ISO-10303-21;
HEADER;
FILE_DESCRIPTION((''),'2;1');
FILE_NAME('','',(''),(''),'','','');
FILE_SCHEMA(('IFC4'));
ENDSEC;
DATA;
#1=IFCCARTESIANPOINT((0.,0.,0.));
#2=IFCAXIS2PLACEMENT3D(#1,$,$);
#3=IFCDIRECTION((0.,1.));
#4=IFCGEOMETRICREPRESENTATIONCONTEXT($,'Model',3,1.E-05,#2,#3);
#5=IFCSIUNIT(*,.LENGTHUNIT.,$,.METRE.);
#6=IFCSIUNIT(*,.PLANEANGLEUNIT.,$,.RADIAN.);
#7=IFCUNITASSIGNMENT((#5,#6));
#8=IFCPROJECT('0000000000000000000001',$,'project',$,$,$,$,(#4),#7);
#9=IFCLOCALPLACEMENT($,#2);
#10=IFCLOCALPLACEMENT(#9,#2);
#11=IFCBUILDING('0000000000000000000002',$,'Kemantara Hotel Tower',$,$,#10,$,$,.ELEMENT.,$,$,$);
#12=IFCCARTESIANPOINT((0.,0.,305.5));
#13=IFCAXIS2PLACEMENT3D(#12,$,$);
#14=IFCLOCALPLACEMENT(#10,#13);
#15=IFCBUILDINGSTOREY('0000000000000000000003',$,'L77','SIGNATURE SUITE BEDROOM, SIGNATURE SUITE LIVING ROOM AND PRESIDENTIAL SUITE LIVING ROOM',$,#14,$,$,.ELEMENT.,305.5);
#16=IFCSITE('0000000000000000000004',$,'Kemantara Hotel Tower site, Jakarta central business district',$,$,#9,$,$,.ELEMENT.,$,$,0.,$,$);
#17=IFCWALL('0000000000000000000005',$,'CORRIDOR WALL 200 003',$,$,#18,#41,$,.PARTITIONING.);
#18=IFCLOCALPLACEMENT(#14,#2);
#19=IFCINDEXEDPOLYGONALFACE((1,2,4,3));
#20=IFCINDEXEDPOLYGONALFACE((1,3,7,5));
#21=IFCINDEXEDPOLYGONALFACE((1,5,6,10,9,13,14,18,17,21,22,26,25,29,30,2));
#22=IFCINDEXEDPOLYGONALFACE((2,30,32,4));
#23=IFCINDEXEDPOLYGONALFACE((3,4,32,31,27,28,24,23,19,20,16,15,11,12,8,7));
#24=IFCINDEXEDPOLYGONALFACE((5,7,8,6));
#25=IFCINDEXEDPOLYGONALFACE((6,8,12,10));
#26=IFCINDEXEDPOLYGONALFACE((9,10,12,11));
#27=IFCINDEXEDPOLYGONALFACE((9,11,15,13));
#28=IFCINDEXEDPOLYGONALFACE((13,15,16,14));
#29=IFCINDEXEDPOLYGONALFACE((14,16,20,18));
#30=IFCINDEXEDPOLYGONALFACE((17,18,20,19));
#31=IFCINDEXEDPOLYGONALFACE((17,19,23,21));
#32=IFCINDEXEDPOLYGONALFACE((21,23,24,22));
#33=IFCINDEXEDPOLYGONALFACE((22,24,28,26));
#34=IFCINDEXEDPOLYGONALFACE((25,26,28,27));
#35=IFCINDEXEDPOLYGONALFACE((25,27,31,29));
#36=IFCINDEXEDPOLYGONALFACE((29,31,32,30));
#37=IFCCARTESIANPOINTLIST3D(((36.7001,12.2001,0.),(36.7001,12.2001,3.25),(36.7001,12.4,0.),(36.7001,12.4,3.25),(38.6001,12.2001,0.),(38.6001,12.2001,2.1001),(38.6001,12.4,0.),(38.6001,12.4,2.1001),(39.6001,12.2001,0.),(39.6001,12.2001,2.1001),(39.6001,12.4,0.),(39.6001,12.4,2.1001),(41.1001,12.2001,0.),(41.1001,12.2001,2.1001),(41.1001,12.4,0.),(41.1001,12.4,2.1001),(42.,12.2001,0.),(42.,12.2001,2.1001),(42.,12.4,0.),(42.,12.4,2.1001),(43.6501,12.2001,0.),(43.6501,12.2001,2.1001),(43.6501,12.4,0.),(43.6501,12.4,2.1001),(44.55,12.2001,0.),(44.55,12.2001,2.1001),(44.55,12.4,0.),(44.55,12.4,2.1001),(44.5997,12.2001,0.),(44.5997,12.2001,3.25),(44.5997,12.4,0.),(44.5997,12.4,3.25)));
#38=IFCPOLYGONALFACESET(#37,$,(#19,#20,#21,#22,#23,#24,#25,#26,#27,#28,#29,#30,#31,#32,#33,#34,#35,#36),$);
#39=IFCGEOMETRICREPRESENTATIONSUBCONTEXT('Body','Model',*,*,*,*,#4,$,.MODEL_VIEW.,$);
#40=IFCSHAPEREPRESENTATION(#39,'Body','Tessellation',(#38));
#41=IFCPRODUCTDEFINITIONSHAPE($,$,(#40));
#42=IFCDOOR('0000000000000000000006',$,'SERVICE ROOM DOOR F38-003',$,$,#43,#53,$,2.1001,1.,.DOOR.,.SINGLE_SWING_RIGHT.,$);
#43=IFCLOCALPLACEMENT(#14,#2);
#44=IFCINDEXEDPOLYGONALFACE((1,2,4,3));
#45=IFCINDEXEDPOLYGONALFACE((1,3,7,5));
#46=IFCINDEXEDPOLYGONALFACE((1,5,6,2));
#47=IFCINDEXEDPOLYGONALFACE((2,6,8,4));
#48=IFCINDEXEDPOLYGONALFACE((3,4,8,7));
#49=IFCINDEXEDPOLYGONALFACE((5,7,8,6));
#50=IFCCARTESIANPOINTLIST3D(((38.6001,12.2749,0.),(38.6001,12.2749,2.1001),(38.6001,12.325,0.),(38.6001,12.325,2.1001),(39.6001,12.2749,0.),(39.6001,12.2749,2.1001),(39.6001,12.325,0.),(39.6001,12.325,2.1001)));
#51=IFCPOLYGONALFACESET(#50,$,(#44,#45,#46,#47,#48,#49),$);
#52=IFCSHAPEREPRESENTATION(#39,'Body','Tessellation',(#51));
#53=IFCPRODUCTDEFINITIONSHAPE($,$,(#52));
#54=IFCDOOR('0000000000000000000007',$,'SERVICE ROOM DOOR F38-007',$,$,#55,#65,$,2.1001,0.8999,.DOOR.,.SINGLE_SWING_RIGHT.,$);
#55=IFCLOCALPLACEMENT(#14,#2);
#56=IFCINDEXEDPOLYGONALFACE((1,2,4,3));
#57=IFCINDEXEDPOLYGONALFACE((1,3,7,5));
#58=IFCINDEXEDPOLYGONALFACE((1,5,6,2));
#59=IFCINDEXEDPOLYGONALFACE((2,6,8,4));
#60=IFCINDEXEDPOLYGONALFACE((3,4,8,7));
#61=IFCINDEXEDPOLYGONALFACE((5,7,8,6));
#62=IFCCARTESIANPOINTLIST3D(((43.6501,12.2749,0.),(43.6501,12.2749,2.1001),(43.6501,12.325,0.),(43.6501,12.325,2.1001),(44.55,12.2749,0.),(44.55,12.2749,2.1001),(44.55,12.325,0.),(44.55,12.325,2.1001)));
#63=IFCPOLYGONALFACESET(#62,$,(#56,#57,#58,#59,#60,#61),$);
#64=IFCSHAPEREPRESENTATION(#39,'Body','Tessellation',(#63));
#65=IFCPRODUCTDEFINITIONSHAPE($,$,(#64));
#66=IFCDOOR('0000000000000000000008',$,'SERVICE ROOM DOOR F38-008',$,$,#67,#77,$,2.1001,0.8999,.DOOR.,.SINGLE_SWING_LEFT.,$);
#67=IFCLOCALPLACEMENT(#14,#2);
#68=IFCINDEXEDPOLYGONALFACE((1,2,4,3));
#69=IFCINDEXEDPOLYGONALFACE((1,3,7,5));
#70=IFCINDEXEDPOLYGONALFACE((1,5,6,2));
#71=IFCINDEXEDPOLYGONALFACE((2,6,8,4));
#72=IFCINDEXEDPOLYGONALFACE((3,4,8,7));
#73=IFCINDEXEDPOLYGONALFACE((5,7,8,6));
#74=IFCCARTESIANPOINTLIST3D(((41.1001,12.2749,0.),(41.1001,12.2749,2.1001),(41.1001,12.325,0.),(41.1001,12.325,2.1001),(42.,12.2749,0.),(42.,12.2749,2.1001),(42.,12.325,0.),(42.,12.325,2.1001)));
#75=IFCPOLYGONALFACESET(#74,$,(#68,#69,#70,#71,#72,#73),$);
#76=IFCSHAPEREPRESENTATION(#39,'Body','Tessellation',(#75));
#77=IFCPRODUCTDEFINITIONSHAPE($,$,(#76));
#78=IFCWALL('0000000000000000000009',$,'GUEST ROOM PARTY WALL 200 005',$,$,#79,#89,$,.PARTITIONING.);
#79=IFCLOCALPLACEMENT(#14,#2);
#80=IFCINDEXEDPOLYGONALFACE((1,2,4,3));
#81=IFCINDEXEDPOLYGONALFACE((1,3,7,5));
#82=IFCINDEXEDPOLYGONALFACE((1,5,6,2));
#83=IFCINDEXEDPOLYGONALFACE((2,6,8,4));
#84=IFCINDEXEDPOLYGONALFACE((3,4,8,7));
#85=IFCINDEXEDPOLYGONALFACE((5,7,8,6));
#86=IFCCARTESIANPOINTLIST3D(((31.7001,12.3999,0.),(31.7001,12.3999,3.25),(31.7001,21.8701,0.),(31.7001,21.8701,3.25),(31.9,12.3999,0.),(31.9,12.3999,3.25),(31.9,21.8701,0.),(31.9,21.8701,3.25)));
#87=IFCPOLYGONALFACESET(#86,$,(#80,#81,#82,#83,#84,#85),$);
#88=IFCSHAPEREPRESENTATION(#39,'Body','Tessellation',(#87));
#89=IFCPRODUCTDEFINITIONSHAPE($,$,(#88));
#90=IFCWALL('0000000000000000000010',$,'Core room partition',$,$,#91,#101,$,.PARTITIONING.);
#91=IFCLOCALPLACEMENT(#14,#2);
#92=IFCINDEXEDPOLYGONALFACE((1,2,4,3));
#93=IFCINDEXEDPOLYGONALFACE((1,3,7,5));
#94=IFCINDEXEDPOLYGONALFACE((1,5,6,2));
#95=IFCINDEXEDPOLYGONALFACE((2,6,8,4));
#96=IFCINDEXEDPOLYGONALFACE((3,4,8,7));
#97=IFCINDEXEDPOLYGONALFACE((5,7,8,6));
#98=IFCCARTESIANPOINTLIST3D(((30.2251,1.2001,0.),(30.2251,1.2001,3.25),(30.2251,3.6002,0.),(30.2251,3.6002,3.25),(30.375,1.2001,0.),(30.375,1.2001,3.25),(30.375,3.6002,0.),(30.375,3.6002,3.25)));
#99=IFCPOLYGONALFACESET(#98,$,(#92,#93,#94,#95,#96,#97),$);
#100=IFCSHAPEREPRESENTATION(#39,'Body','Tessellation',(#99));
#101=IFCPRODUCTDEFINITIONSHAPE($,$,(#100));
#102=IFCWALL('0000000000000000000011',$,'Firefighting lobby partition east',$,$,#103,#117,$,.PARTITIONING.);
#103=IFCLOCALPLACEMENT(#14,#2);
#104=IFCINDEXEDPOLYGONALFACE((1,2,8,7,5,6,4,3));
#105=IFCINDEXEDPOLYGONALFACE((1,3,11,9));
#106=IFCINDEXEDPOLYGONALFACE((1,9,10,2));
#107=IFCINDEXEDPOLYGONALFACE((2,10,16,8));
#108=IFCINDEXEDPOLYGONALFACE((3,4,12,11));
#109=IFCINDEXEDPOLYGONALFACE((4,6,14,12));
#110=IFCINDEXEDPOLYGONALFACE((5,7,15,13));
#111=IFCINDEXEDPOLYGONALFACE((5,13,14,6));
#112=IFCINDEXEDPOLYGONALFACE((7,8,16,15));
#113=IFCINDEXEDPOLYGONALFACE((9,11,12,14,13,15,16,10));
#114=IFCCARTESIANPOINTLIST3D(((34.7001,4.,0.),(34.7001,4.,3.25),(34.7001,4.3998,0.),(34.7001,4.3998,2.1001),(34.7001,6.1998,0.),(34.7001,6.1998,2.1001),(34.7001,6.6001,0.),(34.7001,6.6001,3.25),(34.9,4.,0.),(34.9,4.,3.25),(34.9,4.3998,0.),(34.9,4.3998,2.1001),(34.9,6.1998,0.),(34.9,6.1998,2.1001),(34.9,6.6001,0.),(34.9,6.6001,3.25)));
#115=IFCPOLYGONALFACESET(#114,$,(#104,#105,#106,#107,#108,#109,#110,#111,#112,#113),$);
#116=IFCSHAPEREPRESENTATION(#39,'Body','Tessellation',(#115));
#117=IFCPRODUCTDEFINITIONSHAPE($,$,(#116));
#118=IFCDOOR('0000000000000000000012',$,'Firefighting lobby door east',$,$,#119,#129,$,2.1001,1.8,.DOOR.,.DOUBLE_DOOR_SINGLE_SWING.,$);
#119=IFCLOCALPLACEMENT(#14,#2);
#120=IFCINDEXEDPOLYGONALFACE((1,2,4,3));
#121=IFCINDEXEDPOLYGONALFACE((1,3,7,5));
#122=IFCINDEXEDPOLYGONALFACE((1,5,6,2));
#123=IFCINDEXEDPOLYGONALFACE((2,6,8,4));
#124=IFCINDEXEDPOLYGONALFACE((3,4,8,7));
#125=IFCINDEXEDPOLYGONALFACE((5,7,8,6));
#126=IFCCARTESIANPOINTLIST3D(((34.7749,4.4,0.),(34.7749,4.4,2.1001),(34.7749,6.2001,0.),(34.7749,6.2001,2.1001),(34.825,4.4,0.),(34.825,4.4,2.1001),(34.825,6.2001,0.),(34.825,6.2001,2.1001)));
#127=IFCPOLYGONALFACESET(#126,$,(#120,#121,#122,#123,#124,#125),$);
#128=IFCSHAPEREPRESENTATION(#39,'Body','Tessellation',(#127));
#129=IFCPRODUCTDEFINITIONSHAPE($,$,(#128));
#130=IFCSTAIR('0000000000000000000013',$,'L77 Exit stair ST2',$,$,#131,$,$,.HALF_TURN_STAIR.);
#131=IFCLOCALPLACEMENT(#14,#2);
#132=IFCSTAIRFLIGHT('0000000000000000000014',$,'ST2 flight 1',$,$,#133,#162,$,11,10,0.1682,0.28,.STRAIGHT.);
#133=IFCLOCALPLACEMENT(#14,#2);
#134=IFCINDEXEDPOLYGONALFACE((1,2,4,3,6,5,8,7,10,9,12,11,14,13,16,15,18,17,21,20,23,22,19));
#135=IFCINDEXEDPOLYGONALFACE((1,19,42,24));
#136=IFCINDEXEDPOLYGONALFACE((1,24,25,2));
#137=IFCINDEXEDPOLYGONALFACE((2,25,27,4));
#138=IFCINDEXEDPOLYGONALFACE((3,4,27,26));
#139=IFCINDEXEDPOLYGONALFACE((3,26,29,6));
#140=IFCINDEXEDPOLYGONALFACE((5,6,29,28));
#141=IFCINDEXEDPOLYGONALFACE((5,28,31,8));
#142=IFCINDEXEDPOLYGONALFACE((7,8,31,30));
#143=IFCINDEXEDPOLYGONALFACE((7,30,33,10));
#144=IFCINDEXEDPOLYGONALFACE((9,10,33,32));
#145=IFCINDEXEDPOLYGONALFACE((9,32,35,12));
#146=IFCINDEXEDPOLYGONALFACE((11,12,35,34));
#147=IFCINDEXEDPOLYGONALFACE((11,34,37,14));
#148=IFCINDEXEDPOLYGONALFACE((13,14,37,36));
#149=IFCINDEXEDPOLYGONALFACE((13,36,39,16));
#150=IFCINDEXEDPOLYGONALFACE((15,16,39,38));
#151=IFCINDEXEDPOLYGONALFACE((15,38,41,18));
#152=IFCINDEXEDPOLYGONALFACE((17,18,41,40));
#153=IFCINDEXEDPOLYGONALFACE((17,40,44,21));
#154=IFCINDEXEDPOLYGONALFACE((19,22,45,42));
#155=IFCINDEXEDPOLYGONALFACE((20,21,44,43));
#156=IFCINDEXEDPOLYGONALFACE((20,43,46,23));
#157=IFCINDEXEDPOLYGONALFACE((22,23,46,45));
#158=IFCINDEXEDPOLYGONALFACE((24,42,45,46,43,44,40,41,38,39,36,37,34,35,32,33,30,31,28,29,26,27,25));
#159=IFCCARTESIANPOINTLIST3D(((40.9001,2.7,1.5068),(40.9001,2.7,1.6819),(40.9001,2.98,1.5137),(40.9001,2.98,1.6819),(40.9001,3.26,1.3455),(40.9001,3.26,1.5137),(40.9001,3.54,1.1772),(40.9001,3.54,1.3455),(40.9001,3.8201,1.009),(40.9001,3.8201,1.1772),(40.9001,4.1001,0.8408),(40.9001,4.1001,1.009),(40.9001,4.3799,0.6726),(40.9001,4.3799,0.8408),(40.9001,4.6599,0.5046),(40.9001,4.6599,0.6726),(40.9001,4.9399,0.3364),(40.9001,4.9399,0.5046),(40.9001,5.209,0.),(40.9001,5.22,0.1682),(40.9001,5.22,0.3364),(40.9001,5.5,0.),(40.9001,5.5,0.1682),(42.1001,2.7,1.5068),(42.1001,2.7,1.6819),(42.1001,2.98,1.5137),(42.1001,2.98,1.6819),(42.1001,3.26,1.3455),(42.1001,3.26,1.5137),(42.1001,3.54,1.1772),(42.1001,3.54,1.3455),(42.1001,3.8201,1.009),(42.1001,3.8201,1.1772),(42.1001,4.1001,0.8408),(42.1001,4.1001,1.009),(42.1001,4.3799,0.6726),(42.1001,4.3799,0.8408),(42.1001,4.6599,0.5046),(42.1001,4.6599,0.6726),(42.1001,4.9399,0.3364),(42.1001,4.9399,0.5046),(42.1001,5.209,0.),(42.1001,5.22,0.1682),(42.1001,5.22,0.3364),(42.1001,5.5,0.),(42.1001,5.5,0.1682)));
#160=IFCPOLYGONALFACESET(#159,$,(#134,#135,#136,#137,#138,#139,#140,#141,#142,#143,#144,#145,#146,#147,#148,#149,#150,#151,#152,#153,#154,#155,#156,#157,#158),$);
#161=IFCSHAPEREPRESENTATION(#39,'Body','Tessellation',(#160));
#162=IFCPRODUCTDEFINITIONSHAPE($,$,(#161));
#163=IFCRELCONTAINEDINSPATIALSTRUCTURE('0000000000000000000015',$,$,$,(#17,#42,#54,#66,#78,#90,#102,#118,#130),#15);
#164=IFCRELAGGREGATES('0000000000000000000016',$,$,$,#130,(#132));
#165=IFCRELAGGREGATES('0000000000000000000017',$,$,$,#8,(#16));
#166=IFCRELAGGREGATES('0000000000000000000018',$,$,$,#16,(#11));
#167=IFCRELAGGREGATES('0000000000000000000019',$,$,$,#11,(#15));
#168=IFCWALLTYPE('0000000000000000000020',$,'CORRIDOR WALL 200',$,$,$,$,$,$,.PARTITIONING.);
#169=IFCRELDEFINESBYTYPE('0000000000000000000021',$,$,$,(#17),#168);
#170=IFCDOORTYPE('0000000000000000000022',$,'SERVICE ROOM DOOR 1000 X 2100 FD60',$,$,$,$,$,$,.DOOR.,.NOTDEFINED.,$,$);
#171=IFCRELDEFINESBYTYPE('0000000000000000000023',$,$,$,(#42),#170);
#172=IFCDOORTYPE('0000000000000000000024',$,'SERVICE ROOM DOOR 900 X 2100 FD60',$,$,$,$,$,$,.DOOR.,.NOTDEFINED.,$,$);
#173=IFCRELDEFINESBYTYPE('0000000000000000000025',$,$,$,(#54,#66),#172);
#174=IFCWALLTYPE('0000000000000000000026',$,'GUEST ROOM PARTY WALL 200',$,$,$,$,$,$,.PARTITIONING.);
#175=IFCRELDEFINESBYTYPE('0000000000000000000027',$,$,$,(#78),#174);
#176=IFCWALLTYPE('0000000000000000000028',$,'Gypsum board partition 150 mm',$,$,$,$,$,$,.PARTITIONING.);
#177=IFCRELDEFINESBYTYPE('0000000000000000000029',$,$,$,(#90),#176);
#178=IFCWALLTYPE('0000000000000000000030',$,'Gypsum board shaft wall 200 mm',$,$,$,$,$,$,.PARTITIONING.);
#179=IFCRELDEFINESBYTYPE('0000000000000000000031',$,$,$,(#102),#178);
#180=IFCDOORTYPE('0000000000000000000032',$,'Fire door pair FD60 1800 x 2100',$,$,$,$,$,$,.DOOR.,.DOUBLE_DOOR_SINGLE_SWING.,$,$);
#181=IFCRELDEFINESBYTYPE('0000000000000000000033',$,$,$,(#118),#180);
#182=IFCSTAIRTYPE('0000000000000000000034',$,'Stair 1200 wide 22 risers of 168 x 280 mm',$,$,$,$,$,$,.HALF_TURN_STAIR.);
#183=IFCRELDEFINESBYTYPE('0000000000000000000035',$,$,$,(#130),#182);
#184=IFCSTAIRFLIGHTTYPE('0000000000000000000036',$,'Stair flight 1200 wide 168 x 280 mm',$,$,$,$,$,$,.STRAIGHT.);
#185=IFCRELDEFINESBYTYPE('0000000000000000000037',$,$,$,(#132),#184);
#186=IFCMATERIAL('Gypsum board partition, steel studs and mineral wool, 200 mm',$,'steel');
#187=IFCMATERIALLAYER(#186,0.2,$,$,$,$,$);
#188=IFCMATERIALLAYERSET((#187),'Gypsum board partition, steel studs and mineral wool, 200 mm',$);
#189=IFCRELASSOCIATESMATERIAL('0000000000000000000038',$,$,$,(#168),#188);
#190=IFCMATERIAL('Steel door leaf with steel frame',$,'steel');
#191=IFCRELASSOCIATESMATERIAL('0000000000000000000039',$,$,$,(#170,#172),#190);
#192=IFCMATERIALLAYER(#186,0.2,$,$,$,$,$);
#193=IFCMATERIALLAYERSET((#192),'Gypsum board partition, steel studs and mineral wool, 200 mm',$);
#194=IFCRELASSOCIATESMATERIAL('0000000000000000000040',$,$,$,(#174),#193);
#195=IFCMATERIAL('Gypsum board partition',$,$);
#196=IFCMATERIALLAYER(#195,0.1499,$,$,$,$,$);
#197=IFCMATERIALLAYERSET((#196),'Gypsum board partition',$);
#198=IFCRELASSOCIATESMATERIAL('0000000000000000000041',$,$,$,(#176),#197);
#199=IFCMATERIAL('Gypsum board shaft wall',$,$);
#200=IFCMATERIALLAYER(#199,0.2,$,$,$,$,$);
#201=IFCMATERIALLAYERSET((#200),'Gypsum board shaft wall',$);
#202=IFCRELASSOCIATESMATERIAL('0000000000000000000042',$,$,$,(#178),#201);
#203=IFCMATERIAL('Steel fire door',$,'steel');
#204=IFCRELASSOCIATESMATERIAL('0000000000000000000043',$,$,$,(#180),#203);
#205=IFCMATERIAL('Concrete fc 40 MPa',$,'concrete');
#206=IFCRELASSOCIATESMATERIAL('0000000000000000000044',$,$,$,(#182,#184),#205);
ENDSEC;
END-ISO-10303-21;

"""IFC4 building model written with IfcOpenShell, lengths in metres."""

from ifc_helpers import new_model, si_unit, direction, frame, frame_2d, origin, place, context, subcontext, project, spatial, polyline, rectangle, outline, extrude, material, layer, layer_set, type_object, element, fill, aggregate, save


model = new_model("IFC4")

# Units and contexts
model_context = context("Model", 3, precision=1e-05, world=origin(), true_north=direction((0.0, 1.0)))
body_context = subcontext(model_context, "Body", "Model", "MODEL_VIEW")
ifc_project = project(units=[si_unit("LENGTHUNIT", "METRE"), si_unit("PLANEANGLEUNIT", "RADIAN")], contexts=[model_context])

# Site, building, storey
site_placement = place(None, origin())
site = spatial("IfcSite", under=ifc_project, at=site_placement, Name="Kemantara Hotel Tower site, Jakarta central business district", CompositionType="ELEMENT", RefElevation=0.0)
building_placement = place(site_placement, origin())
building = spatial("IfcBuilding", under=site, at=building_placement, Name="Kemantara Hotel Tower", CompositionType="ELEMENT")
storey_placement = place(building_placement, frame((0.0, 0.0, 305.5)))
storey = spatial("IfcBuildingStorey", under=building, at=storey_placement, Name="L77", Description="SIGNATURE SUITE BEDROOM, SIGNATURE SUITE LIVING ROOM AND PRESIDENTIAL SUITE LIVING ROOM", CompositionType="ELEMENT", Elevation=305.5)

# Shared definitions
ifc_material_1 = material(Name="Steel fire door", Category="steel")

# Wall, openings, doors
ifc_material_2 = material(Name="Gypsum board partition, steel studs and mineral wool, 200 mm", Category="steel")
ifc_layer_1 = layer(ifc_material_2, 0.2)
ifc_layer_set_1 = layer_set([ifc_layer_1], Name="Gypsum board partition, steel studs and mineral wool, 200 mm")
wall_type_1 = type_object("IfcWallType", Name="CORRIDOR WALL 200", PredefinedType="PARTITIONING", material=ifc_layer_set_1)
wall_1_placement = place(storey_placement, frame((36.7002, 12.3, 0.0), z_axis=(0.0, 0.0, 1.0), x_axis=(1.0, 0.0, 0.0)))
wall_1 = element("IfcWall", 1, at=wall_1_placement, inside=storey, type_object=wall_type_1, Name="CORRIDOR WALL 200 003", PredefinedType="PARTITIONING", context=body_context, shape_type="SweptSolid", body=[
    extrude(rectangle(XDim=7.8997, YDim=0.2, at=frame_2d((3.9497, 0.0))), origin(), (0.0, 0.0, 1.0), 3.25),
])
opening_1_placement = place(wall_1_placement, frame((1.8999, 0.0, 0.0)))
opening_1 = element("IfcOpeningElement", 2, at=opening_1_placement, cuts=wall_1, PredefinedType="OPENING", context=body_context, shape_type="SweptSolid", body=[
    extrude(rectangle(XDim=1.0, YDim=2.1001, at=frame_2d((0.5, 1.05))), frame((0.0, 0.1099, 0.0), z_axis=(0.0, -1.0, 0.0), x_axis=(1.0, 0.0, 0.0)), (0.0, 0.0, 1.0), 0.22),
])
opening_2_placement = place(wall_1_placement, frame((6.95, 0.0, 0.0)))
opening_2 = element("IfcOpeningElement", 3, at=opening_2_placement, cuts=wall_1, PredefinedType="OPENING", context=body_context, shape_type="SweptSolid", body=[
    extrude(rectangle(XDim=0.8999, YDim=2.1001, at=frame_2d((0.45, 1.05))), frame((0.0, 0.1099, 0.0), z_axis=(0.0, -1.0, 0.0), x_axis=(1.0, 0.0, 0.0)), (0.0, 0.0, 1.0), 0.22),
])
opening_3_placement = place(wall_1_placement, frame((4.3999, 0.0, 0.0)))
opening_3 = element("IfcOpeningElement", 4, at=opening_3_placement, cuts=wall_1, PredefinedType="OPENING", context=body_context, shape_type="SweptSolid", body=[
    extrude(rectangle(XDim=0.8999, YDim=2.1001, at=frame_2d((0.45, 1.05))), frame((0.0, 0.1099, 0.0), z_axis=(0.0, -1.0, 0.0), x_axis=(1.0, 0.0, 0.0)), (0.0, 0.0, 1.0), 0.22),
])
ifc_material_3 = material(Name="Steel door leaf with steel frame", Category="steel")
door_type_1 = type_object("IfcDoorType", Name="SERVICE ROOM DOOR 1000 X 2100 FD60", OperationType="NOTDEFINED", PredefinedType="DOOR", material=ifc_material_3)
door_1_placement = place(opening_1_placement, origin())
door_1 = element("IfcDoor", 5, at=door_1_placement, inside=storey, type_object=door_type_1, Name="SERVICE ROOM DOOR F38-003", OperationType="SINGLE_SWING_RIGHT", OverallHeight=2.1001, OverallWidth=1.0, PredefinedType="DOOR", context=body_context, shape_type="SweptSolid", body=[
    extrude(rectangle(XDim=1.0, YDim=2.1001, at=frame_2d((0.5, 1.05))), frame((0.0, 0.0249, 0.0), z_axis=(0.0, -1.0, 0.0), x_axis=(1.0, 0.0, 0.0)), (0.0, 0.0, 1.0), 0.05),
])
fill(opening_1, door_1)
door_type_2 = type_object("IfcDoorType", Name="SERVICE ROOM DOOR 900 X 2100 FD60", OperationType="NOTDEFINED", PredefinedType="DOOR", material=ifc_material_3)
door_2_placement = place(opening_2_placement, origin())
door_2 = element("IfcDoor", 6, at=door_2_placement, inside=storey, type_object=door_type_2, Name="SERVICE ROOM DOOR F38-007", OperationType="SINGLE_SWING_RIGHT", OverallHeight=2.1001, OverallWidth=0.8999, PredefinedType="DOOR", context=body_context, shape_type="SweptSolid", body=[
    extrude(rectangle(XDim=0.8999, YDim=2.1001, at=frame_2d((0.45, 1.05))), frame((0.0, 0.0249, 0.0), z_axis=(0.0, -1.0, 0.0), x_axis=(1.0, 0.0, 0.0)), (0.0, 0.0, 1.0), 0.05),
])
fill(opening_2, door_2)
door_3_placement = place(opening_3_placement, origin())
door_3 = element("IfcDoor", 7, at=door_3_placement, inside=storey, type_object=door_type_2, Name="SERVICE ROOM DOOR F38-008", OperationType="SINGLE_SWING_LEFT", OverallHeight=2.1001, OverallWidth=0.8999, PredefinedType="DOOR", context=body_context, shape_type="SweptSolid", body=[
    extrude(rectangle(XDim=0.8999, YDim=2.1001, at=frame_2d((0.45, 1.05))), frame((0.0, 0.0249, 0.0), z_axis=(0.0, -1.0, 0.0), x_axis=(1.0, 0.0, 0.0)), (0.0, 0.0, 1.0), 0.05),
])
fill(opening_3, door_3)

# Walls
ifc_layer_2 = layer(ifc_material_2, 0.2)
ifc_layer_set_2 = layer_set([ifc_layer_2], Name="Gypsum board partition, steel studs and mineral wool, 200 mm")
wall_type_2 = type_object("IfcWallType", Name="GUEST ROOM PARTY WALL 200", PredefinedType="PARTITIONING", material=ifc_layer_set_2)
wall_2_placement = place(storey_placement, frame((31.8, 12.3999, 0.0), z_axis=(0.0, 0.0, 1.0), x_axis=(0.0, 1.0, 0.0)))
element("IfcWall", 8, at=wall_2_placement, inside=storey, type_object=wall_type_2, Name="GUEST ROOM PARTY WALL 200 005", PredefinedType="PARTITIONING", context=body_context, shape_type="SweptSolid", body=[
    extrude(rectangle(XDim=9.4702, YDim=0.2, at=frame_2d((4.7351, 0.0))), origin(), (0.0, 0.0, 1.0), 3.25),
])
ifc_material_4 = material(Name="Gypsum board partition")
ifc_layer_3 = layer(ifc_material_4, 0.1499)
ifc_layer_set_3 = layer_set([ifc_layer_3], Name="Gypsum board partition")
wall_type_3 = type_object("IfcWallType", Name="Gypsum board partition 150 mm", PredefinedType="PARTITIONING", material=ifc_layer_set_3)
wall_3_placement = place(storey_placement, frame((30.3, 1.2, 0.0), z_axis=(0.0, 0.0, 1.0), x_axis=(0.0, 1.0, 0.0)))
element("IfcWall", 9, at=wall_3_placement, inside=storey, type_object=wall_type_3, Name="Core room partition", PredefinedType="PARTITIONING", context=body_context, shape_type="SweptSolid", body=[
    extrude(rectangle(XDim=2.4001, YDim=0.1499, at=frame_2d((1.2002, 0.0))), origin(), (0.0, 0.0, 1.0), 3.25),
])

# Wall, opening, door
ifc_material_5 = material(Name="Gypsum board shaft wall")
ifc_layer_4 = layer(ifc_material_5, 0.2)
ifc_layer_set_4 = layer_set([ifc_layer_4], Name="Gypsum board shaft wall")
wall_type_4 = type_object("IfcWallType", Name="Gypsum board shaft wall 200 mm", PredefinedType="PARTITIONING", material=ifc_layer_set_4)
wall_4_placement = place(storey_placement, frame((34.8, 4.0, 0.0), z_axis=(0.0, 0.0, 1.0), x_axis=(0.0, 1.0, 0.0)))
wall_4 = element("IfcWall", 10, at=wall_4_placement, inside=storey, type_object=wall_type_4, Name="Firefighting lobby partition east", PredefinedType="PARTITIONING", context=body_context, shape_type="SweptSolid", body=[
    extrude(rectangle(XDim=2.6001, YDim=0.2, at=frame_2d((1.3, 0.0))), origin(), (0.0, 0.0, 1.0), 3.25),
])
opening_4_placement = place(wall_4_placement, frame((0.3999, 0.0, 0.0)))
opening_4 = element("IfcOpeningElement", 11, at=opening_4_placement, cuts=wall_4, PredefinedType="OPENING", context=body_context, shape_type="SweptSolid", body=[
    extrude(rectangle(XDim=1.8, YDim=2.1001, at=frame_2d((0.8999, 1.05))), frame((0.0, 0.1099, 0.0), z_axis=(0.0, -1.0, 0.0), x_axis=(1.0, 0.0, 0.0)), (0.0, 0.0, 1.0), 0.22),
])
door_type_3 = type_object("IfcDoorType", Name="Fire door pair FD60 1800 x 2100", OperationType="DOUBLE_DOOR_SINGLE_SWING", PredefinedType="DOOR", material=ifc_material_1)
door_4_placement = place(opening_4_placement, frame((1.8, 0.0, 0.0), z_axis=(0.0, 0.0, 1.0), x_axis=(-1.0, 0.0, 0.0)))
door_4 = element("IfcDoor", 12, at=door_4_placement, inside=storey, type_object=door_type_3, Name="Firefighting lobby door east", OperationType="DOUBLE_DOOR_SINGLE_SWING", OverallHeight=2.1001, OverallWidth=1.8, PredefinedType="DOOR", context=body_context, shape_type="SweptSolid", body=[
    extrude(rectangle(XDim=1.8, YDim=2.1001, at=frame_2d((0.8999, 1.05))), frame((0.0, 0.0249, 0.0), z_axis=(0.0, -1.0, 0.0), x_axis=(1.0, 0.0, 0.0)), (0.0, 0.0, 1.0), 0.05),
])
fill(opening_4, door_4)

# Stair, stair flight
ifc_material_6 = material(Name="Concrete fc 40 MPa", Category="concrete")
stair_type = type_object("IfcStairType", Name="Stair 1200 wide 22 risers of 168 x 280 mm", PredefinedType="HALF_TURN_STAIR", material=ifc_material_6)
stair_placement = place(storey_placement, origin())
stair = element("IfcStair", 13, at=stair_placement, inside=storey, type_object=stair_type, Name="L77 Exit stair ST2", PredefinedType="HALF_TURN_STAIR")
stair_flight_type = type_object("IfcStairFlightType", Name="Stair flight 1200 wide 168 x 280 mm", PredefinedType="STRAIGHT", material=ifc_material_6)
stair_flight_placement = place(storey_placement, frame((41.5, 5.5, 0.0), z_axis=(0.0, 0.0, 1.0), x_axis=(0.0, -1.0, 0.0)))
stair_flight = element("IfcStairFlight", 14, at=stair_flight_placement, type_object=stair_flight_type, Name="ST2 flight 1", NumberOfRisers=11, NumberOfTreads=10, PredefinedType="STRAIGHT", RiserHeight=0.1682, TreadLength=0.28, context=body_context, shape_type="SweptSolid", body=[
    extrude(outline(polyline([(0.0, 0.0), (0.0, 0.1682), (0.28, 0.1682), (0.28, 0.3364), (0.5601, 0.3364), (0.5601, 0.5046), (0.8401, 0.5046), (0.8401, 0.6726), (1.1201, 0.6726), (1.1201, 0.8408), (1.3999, 0.8408), (1.3999, 1.009), (1.6799, 1.009), (1.6799, 1.1772), (1.96, 1.1772), (1.96, 1.3455), (2.24, 1.3455), (2.24, 1.5137), (2.52, 1.5137), (2.52, 1.6819), (2.8, 1.6819), (2.8, 1.8501), (2.8, 1.5068), (0.291, 0.0), (0.0, 0.0)])), frame((0.0, 0.6001, 0.0), z_axis=(0.0, -1.0, 0.0), x_axis=(1.0, 0.0, 0.0)), (0.0, 0.0, 1.0), 1.2),
])
aggregate(stair, [stair_flight])

save(model, "model.ifc")
